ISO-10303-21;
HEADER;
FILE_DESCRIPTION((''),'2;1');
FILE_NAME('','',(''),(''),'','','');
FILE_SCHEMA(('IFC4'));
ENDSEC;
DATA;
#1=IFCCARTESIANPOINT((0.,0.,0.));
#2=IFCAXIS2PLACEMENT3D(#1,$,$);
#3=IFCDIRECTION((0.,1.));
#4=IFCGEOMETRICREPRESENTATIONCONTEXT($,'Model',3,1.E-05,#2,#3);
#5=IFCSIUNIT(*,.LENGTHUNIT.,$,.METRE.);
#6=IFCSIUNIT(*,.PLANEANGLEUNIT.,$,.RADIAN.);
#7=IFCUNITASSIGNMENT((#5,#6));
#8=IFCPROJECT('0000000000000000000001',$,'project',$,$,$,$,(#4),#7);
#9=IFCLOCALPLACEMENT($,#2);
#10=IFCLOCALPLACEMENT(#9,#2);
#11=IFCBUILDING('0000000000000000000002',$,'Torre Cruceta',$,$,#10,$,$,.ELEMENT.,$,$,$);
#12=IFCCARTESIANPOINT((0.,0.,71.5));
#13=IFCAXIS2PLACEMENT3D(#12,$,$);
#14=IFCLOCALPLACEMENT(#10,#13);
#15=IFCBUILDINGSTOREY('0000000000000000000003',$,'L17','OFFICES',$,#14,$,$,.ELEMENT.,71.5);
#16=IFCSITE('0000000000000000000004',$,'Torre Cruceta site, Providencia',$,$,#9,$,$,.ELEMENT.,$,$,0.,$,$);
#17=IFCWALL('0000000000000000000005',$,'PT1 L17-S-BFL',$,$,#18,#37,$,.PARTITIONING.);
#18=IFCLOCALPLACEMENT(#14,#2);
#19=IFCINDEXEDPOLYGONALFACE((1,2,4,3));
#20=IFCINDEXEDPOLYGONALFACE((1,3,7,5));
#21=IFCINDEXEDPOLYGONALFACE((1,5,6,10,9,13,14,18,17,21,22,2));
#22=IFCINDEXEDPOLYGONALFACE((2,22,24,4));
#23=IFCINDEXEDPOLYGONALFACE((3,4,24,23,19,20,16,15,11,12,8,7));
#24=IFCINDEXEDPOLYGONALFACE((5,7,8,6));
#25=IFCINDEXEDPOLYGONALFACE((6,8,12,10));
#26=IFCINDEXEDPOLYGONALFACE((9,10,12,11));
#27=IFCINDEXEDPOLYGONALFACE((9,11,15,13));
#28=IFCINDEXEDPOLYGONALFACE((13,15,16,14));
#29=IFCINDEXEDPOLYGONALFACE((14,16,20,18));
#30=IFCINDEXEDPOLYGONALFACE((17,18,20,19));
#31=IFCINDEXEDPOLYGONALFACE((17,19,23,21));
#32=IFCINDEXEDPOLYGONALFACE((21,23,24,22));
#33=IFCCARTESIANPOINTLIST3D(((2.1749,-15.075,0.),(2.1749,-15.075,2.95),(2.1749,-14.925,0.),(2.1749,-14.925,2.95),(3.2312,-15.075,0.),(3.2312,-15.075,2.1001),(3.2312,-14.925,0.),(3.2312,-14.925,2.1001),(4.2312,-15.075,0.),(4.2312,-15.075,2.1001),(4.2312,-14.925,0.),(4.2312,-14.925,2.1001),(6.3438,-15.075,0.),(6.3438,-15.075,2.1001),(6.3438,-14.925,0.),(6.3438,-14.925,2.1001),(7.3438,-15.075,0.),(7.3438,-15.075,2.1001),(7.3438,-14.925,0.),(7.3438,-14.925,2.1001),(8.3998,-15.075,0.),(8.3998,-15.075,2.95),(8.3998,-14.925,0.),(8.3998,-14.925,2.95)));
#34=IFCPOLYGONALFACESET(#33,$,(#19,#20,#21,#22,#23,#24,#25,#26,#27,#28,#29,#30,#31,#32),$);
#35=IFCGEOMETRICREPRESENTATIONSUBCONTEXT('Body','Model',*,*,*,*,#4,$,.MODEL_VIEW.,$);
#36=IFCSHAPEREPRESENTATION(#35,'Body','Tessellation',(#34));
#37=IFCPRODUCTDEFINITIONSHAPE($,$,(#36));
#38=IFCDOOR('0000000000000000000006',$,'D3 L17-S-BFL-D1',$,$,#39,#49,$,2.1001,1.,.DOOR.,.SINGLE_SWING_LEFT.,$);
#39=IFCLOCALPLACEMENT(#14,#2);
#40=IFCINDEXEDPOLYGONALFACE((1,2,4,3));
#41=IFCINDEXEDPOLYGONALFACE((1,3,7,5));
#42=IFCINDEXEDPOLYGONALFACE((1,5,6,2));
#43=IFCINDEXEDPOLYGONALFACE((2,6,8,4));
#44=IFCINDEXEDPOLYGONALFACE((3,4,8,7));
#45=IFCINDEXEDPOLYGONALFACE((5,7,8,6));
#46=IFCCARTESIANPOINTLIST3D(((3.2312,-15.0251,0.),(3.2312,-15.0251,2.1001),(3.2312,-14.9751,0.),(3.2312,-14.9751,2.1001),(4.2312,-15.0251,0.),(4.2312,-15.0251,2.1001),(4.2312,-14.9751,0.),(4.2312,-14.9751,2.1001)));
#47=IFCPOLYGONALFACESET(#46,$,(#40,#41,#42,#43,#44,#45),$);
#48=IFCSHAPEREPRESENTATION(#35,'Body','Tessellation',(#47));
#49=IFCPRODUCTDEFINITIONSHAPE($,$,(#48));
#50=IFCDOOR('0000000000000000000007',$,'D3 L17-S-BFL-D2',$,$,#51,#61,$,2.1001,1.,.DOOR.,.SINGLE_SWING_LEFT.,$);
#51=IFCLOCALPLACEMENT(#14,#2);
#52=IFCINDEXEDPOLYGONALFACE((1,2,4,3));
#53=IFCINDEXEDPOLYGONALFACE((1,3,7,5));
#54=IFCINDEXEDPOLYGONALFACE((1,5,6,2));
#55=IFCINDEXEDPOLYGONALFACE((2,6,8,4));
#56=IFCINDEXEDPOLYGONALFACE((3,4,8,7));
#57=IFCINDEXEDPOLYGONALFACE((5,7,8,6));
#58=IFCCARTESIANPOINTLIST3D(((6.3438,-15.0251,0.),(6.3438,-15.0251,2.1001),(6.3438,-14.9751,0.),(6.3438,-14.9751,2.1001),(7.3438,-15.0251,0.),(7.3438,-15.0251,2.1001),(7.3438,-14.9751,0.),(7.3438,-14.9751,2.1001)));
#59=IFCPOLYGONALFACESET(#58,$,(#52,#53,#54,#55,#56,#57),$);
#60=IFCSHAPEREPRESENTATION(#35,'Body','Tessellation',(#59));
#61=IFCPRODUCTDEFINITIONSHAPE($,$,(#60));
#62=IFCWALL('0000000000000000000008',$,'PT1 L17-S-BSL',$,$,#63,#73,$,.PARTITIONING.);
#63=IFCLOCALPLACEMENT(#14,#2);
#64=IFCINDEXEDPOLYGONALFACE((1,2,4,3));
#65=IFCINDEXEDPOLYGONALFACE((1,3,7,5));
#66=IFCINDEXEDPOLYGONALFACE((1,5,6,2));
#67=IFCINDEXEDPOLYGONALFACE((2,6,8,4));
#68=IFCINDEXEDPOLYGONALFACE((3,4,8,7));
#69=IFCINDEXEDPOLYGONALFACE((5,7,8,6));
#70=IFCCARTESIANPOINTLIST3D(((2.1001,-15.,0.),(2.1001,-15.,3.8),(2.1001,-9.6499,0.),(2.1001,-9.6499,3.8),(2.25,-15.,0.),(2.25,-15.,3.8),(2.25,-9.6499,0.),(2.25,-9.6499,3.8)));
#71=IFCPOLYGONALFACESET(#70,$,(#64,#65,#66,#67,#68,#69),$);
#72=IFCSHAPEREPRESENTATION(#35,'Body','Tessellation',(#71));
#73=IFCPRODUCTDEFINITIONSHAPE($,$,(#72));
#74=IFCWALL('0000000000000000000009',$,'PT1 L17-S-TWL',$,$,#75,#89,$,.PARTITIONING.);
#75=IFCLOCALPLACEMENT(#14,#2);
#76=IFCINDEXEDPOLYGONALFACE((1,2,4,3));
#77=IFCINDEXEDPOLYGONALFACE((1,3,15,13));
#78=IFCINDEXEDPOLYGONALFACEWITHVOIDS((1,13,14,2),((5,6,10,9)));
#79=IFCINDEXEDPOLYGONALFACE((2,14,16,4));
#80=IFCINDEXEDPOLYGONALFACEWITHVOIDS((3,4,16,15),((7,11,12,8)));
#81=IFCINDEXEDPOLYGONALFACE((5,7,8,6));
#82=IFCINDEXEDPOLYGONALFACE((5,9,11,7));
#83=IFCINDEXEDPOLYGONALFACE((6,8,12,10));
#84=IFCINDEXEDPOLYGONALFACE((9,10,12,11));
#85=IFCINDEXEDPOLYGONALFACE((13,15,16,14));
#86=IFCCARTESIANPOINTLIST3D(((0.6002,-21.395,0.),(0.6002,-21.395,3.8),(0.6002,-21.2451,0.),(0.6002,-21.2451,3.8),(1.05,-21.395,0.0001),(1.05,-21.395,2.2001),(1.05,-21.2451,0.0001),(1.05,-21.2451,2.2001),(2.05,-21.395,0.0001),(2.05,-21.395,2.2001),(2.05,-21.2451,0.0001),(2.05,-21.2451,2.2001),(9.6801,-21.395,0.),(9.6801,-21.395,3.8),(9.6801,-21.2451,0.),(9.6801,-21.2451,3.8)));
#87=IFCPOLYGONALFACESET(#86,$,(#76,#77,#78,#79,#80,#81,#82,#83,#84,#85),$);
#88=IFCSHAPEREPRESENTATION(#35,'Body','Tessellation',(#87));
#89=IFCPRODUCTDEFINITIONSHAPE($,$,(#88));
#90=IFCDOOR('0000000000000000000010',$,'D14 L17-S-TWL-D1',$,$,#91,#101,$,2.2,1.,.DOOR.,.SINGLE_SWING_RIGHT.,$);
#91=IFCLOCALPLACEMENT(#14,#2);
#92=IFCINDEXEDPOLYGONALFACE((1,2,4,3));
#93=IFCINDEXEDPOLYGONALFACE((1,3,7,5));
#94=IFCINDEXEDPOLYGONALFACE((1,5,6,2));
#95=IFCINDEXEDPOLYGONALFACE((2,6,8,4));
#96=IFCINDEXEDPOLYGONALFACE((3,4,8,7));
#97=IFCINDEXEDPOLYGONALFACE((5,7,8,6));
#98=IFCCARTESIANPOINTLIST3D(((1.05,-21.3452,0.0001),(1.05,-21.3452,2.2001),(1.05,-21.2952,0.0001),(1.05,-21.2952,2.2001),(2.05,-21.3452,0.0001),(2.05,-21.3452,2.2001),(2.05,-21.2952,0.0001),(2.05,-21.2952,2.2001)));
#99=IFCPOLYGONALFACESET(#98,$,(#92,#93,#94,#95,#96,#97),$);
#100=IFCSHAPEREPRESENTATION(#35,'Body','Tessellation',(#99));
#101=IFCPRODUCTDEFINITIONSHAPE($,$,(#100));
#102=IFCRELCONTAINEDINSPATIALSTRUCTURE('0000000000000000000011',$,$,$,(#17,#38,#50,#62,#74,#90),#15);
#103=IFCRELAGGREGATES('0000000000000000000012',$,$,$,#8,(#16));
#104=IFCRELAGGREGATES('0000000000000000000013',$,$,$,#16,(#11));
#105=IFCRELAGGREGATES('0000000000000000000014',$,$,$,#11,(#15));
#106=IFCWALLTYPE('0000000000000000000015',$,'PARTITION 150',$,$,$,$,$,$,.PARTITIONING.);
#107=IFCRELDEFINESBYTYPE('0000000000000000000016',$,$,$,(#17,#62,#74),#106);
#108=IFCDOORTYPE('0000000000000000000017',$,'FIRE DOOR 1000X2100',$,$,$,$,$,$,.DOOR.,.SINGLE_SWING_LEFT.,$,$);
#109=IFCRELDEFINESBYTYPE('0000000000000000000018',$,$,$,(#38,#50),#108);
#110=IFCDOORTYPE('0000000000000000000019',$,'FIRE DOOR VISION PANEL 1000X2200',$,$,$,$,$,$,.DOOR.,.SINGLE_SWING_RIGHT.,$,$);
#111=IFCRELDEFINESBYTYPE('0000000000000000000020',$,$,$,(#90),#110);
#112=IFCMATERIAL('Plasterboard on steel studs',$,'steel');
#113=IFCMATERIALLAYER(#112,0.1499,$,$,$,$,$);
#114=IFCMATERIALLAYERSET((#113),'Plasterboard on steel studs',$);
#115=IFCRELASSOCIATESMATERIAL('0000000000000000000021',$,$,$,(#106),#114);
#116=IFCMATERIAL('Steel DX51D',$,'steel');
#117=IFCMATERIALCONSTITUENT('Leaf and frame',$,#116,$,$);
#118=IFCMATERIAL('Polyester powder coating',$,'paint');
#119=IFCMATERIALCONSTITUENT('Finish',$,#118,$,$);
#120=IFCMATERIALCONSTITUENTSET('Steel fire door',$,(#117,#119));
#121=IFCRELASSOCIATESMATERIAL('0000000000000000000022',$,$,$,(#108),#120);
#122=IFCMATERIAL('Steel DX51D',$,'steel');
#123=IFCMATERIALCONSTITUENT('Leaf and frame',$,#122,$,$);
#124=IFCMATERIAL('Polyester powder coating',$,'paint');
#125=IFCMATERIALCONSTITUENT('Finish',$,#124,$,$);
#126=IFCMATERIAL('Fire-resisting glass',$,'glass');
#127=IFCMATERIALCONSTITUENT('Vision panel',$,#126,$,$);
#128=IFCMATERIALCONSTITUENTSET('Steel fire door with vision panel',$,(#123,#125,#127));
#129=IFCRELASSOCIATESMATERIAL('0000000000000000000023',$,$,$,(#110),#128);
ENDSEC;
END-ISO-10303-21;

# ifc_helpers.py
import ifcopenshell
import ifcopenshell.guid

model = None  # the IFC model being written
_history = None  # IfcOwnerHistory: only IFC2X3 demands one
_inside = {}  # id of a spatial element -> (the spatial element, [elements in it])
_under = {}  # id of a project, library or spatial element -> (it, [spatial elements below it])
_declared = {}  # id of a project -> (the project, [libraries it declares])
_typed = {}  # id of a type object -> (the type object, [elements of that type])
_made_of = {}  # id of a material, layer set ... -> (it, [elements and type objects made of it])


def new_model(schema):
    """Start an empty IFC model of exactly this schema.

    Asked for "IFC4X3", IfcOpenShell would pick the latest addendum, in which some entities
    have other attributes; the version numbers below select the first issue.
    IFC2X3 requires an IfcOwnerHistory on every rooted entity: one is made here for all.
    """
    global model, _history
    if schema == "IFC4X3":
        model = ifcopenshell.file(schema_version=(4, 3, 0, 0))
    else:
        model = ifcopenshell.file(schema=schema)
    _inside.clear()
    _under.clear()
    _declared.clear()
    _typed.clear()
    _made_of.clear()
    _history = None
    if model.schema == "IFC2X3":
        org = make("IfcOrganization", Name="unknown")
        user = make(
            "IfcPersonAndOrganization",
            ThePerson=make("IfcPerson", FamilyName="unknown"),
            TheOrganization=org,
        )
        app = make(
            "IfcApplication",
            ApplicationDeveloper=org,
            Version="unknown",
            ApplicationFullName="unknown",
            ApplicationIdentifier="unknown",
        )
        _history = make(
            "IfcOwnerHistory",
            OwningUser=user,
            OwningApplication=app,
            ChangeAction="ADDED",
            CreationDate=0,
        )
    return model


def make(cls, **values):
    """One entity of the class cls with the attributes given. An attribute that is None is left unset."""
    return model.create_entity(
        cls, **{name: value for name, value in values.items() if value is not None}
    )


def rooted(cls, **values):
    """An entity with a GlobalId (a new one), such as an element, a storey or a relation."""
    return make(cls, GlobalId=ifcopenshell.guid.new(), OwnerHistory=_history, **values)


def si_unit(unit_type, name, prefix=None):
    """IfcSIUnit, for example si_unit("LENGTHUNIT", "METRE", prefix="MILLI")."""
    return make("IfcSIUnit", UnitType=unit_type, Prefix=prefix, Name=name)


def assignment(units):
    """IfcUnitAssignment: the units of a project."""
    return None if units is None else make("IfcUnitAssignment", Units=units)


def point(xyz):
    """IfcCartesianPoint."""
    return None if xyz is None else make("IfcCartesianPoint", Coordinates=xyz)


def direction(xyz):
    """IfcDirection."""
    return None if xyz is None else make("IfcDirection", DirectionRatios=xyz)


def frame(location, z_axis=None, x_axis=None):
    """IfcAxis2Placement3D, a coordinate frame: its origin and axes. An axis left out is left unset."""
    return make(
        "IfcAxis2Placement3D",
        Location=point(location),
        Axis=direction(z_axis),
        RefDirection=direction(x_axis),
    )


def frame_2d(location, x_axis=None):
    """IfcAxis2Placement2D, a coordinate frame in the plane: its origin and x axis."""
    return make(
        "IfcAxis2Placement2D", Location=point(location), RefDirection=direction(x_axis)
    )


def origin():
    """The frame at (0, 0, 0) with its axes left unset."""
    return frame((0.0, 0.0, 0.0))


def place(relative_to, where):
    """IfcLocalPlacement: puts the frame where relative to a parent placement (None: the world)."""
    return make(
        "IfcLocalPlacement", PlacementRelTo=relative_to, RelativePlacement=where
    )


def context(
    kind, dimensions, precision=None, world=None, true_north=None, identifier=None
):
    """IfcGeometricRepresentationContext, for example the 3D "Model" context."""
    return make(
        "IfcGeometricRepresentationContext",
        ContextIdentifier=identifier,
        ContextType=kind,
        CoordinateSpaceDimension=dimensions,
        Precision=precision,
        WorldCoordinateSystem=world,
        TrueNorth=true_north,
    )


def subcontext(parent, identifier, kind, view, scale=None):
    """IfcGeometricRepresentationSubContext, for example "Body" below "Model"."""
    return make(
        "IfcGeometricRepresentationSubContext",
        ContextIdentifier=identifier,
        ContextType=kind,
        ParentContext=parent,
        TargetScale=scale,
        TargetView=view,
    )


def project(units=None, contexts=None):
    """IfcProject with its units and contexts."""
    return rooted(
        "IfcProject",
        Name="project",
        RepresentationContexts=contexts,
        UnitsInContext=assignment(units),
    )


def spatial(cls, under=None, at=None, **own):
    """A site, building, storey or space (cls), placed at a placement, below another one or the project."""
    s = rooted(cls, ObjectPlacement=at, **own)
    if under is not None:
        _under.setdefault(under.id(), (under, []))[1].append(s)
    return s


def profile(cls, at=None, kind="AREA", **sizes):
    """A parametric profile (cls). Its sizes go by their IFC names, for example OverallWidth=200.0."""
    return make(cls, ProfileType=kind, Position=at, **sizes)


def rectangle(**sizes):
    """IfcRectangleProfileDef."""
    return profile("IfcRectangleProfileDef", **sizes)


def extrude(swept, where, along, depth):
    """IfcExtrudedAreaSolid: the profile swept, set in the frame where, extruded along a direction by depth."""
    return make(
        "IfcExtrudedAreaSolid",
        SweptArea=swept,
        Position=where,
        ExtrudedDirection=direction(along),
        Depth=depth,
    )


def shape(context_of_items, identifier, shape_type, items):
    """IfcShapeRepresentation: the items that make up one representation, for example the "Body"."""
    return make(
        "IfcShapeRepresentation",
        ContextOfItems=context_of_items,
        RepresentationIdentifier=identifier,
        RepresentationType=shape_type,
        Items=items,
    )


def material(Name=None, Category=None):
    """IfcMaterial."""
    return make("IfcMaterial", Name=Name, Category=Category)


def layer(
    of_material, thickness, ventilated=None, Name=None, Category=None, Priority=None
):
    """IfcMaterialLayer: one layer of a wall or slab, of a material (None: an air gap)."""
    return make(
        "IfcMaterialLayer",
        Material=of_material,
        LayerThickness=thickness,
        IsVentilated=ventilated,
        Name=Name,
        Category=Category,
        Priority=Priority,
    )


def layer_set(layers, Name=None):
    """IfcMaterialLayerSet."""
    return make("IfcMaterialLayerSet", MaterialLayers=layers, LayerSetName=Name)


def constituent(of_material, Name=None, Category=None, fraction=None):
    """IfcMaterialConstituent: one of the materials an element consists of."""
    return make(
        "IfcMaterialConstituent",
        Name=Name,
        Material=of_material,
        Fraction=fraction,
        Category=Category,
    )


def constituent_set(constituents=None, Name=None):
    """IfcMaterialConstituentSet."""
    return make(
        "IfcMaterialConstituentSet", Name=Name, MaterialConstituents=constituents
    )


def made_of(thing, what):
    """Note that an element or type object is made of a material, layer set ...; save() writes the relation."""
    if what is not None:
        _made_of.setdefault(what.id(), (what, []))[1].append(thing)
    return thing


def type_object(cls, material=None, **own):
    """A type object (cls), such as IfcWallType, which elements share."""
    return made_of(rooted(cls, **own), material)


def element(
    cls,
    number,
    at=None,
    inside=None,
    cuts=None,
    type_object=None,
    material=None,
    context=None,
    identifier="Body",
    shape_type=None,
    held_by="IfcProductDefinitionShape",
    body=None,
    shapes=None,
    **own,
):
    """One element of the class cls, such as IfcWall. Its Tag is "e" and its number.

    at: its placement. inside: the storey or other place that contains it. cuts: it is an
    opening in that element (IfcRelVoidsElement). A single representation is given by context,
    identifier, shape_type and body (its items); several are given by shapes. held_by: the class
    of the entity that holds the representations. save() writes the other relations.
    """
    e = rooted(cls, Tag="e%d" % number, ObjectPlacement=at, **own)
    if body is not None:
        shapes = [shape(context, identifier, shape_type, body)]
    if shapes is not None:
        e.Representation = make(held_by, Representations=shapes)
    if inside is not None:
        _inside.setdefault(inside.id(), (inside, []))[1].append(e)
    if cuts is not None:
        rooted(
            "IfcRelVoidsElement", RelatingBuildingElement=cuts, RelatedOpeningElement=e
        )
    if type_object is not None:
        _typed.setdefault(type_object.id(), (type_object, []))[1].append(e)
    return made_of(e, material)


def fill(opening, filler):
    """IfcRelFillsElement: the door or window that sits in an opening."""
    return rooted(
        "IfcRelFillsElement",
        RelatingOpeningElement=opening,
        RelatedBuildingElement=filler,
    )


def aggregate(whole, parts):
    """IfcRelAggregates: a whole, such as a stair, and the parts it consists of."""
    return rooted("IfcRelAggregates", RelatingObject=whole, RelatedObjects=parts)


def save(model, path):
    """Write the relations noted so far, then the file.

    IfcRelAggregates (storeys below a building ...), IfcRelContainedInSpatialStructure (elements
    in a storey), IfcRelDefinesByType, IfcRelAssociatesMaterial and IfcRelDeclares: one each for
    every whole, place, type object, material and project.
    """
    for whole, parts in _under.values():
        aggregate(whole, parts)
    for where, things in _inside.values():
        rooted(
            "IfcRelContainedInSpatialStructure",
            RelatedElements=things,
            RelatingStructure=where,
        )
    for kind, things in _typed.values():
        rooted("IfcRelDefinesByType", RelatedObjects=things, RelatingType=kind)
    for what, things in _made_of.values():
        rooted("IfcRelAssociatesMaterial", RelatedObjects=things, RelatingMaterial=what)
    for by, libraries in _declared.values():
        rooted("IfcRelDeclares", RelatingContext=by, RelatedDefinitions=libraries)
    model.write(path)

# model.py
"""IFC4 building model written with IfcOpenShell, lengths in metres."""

from ifc_helpers import new_model, si_unit, direction, frame, frame_2d, origin, place, context, subcontext, project, spatial, rectangle, extrude, material, layer, layer_set, constituent, constituent_set, type_object, element, fill, save


model = new_model("IFC4")

# Units and contexts
model_context = context("Model", 3, precision=1e-05, world=origin(), true_north=direction((0.0, 1.0)))
body_context = subcontext(model_context, "Body", "Model", "MODEL_VIEW")
ifc_project = project(units=[si_unit("LENGTHUNIT", "METRE"), si_unit("PLANEANGLEUNIT", "RADIAN")], contexts=[model_context])

# Site, building, storey
site_placement = place(None, origin())
site = spatial("IfcSite", under=ifc_project, at=site_placement, Name="Torre Cruceta site, Providencia", CompositionType="ELEMENT", RefElevation=0.0)
building_placement = place(site_placement, origin())
building = spatial("IfcBuilding", under=site, at=building_placement, Name="Torre Cruceta", CompositionType="ELEMENT")
storey_placement = place(building_placement, frame((0.0, 0.0, 71.5)))
storey = spatial("IfcBuildingStorey", under=building, at=storey_placement, Name="L17", Description="OFFICES", CompositionType="ELEMENT", Elevation=71.5)

# Wall, openings, doors
ifc_material_1 = material(Name="Plasterboard on steel studs", Category="steel")
ifc_layer_1 = layer(ifc_material_1, 0.1499)
ifc_layer_set_1 = layer_set([ifc_layer_1], Name="Plasterboard on steel studs")
wall_type_1 = type_object("IfcWallType", Name="PARTITION 150", PredefinedType="PARTITIONING", material=ifc_layer_set_1)
wall_1_placement = place(storey_placement, frame((2.175, -15.0, 0.0), z_axis=(0.0, 0.0, 1.0), x_axis=(1.0, 0.0, 0.0)))
wall_1 = element("IfcWall", 1, at=wall_1_placement, inside=storey, type_object=wall_type_1, Name="PT1 L17-S-BFL", PredefinedType="PARTITIONING", context=body_context, shape_type="SweptSolid", body=[
    extrude(rectangle(XDim=6.2249, YDim=0.1499, at=frame_2d((3.1123, 0.0))), origin(), (0.0, 0.0, 1.0), 2.95),
])
opening_1_placement = place(wall_1_placement, frame((1.0562, 0.0, 0.0)))
opening_1 = element("IfcOpeningElement", 2, at=opening_1_placement, cuts=wall_1, PredefinedType="OPENING", context=body_context, shape_type="SweptSolid", body=[
    extrude(rectangle(XDim=1.0, YDim=2.1001, at=frame_2d((0.5, 1.05))), frame((0.0, 0.085, 0.0), z_axis=(0.0, -1.0, 0.0), x_axis=(1.0, 0.0, 0.0)), (0.0, 0.0, 1.0), 0.1699),
])
opening_2_placement = place(wall_1_placement, frame((4.1687, 0.0, 0.0)))
opening_2 = element("IfcOpeningElement", 3, at=opening_2_placement, cuts=wall_1, PredefinedType="OPENING", context=body_context, shape_type="SweptSolid", body=[
    extrude(rectangle(XDim=1.0, YDim=2.1001, at=frame_2d((0.5, 1.05))), frame((0.0, 0.085, 0.0), z_axis=(0.0, -1.0, 0.0), x_axis=(1.0, 0.0, 0.0)), (0.0, 0.0, 1.0), 0.1699),
])
ifc_material_2 = material(Name="Steel DX51D", Category="steel")
ifc_constituent_1 = constituent(ifc_material_2, Name="Leaf and frame")
ifc_material_3 = material(Name="Polyester powder coating", Category="paint")
ifc_constituent_2 = constituent(ifc_material_3, Name="Finish")
ifc_constituent_set_1 = constituent_set(constituents=[ifc_constituent_1, ifc_constituent_2], Name="Steel fire door")
door_type_1 = type_object("IfcDoorType", Name="FIRE DOOR 1000X2100", OperationType="SINGLE_SWING_LEFT", PredefinedType="DOOR", material=ifc_constituent_set_1)
door_1_placement = place(opening_1_placement, origin())
door_1 = element("IfcDoor", 4, at=door_1_placement, inside=storey, type_object=door_type_1, Name="D3 L17-S-BFL-D1", OperationType="SINGLE_SWING_LEFT", OverallHeight=2.1001, OverallWidth=1.0, PredefinedType="DOOR", context=body_context, shape_type="SweptSolid", body=[
    extrude(rectangle(XDim=1.0, YDim=2.1001, at=frame_2d((0.5, 1.05))), frame((0.0, 0.0249, 0.0), z_axis=(0.0, -1.0, 0.0), x_axis=(1.0, 0.0, 0.0)), (0.0, 0.0, 1.0), 0.05),
])
fill(opening_1, door_1)
door_2_placement = place(opening_2_placement, origin())
door_2 = element("IfcDoor", 5, at=door_2_placement, inside=storey, type_object=door_type_1, Name="D3 L17-S-BFL-D2", OperationType="SINGLE_SWING_LEFT", OverallHeight=2.1001, OverallWidth=1.0, PredefinedType="DOOR", context=body_context, shape_type="SweptSolid", body=[
    extrude(rectangle(XDim=1.0, YDim=2.1001, at=frame_2d((0.5, 1.05))), frame((0.0, 0.0249, 0.0), z_axis=(0.0, -1.0, 0.0), x_axis=(1.0, 0.0, 0.0)), (0.0, 0.0, 1.0), 0.05),
])
fill(opening_2, door_2)

# Wall
wall_2_placement = place(storey_placement, frame((2.175, -9.6499, 0.0), z_axis=(0.0, 0.0, 1.0), x_axis=(0.0, -1.0, 0.0)))
element("IfcWall", 6, at=wall_2_placement, inside=storey, type_object=wall_type_1, Name="PT1 L17-S-BSL", PredefinedType="PARTITIONING", context=body_context, shape_type="SweptSolid", body=[
    extrude(rectangle(XDim=5.3501, YDim=0.1499, at=frame_2d((2.675, 0.0))), origin(), (0.0, 0.0, 1.0), 3.8),
])

# Wall, opening, door
wall_3_placement = place(storey_placement, frame((0.6001, -21.3201, 0.0), z_axis=(0.0, 0.0, 1.0), x_axis=(1.0, 0.0, 0.0)))
wall_3 = element("IfcWall", 7, at=wall_3_placement, inside=storey, type_object=wall_type_1, Name="PT1 L17-S-TWL", PredefinedType="PARTITIONING", context=body_context, shape_type="SweptSolid", body=[
    extrude(rectangle(XDim=9.0798, YDim=0.1499, at=frame_2d((4.54, 0.0))), origin(), (0.0, 0.0, 1.0), 3.8),
])
opening_3_placement = place(wall_3_placement, frame((0.45, 0.0, 0.0)))
opening_3 = element("IfcOpeningElement", 8, at=opening_3_placement, cuts=wall_3, PredefinedType="OPENING", context=body_context, shape_type="SweptSolid", body=[
    extrude(rectangle(XDim=1.0, YDim=2.2, at=frame_2d((0.5, 1.1001))), frame((0.0, 0.085, 0.0), z_axis=(0.0, -1.0, 0.0), x_axis=(1.0, 0.0, 0.0)), (0.0, 0.0, 1.0), 0.1699),
])
ifc_material_4 = material(Name="Steel DX51D", Category="steel")
ifc_constituent_3 = constituent(ifc_material_4, Name="Leaf and frame")
ifc_material_5 = material(Name="Polyester powder coating", Category="paint")
ifc_constituent_4 = constituent(ifc_material_5, Name="Finish")
ifc_material_6 = material(Name="Fire-resisting glass", Category="glass")
ifc_constituent_5 = constituent(ifc_material_6, Name="Vision panel")
ifc_constituent_set_2 = constituent_set(constituents=[ifc_constituent_3, ifc_constituent_4, ifc_constituent_5], Name="Steel fire door with vision panel")
door_type_2 = type_object("IfcDoorType", Name="FIRE DOOR VISION PANEL 1000X2200", OperationType="SINGLE_SWING_RIGHT", PredefinedType="DOOR", material=ifc_constituent_set_2)
door_3_placement = place(opening_3_placement, frame((1.0, 0.0, 0.0), z_axis=(0.0, 0.0, 1.0), x_axis=(-1.0, 0.0, 0.0)))
door_3 = element("IfcDoor", 9, at=door_3_placement, inside=storey, type_object=door_type_2, Name="D14 L17-S-TWL-D1", OperationType="SINGLE_SWING_RIGHT", OverallHeight=2.2, OverallWidth=1.0, PredefinedType="DOOR", context=body_context, shape_type="SweptSolid", body=[
    extrude(rectangle(XDim=1.0, YDim=2.2, at=frame_2d((0.5, 1.1001))), frame((0.0, 0.0251, 0.0), z_axis=(0.0, -1.0, 0.0), x_axis=(1.0, 0.0, 0.0)), (0.0, 0.0, 1.0), 0.05),
])
fill(opening_3, door_3)

save(model, "model.ifc")
